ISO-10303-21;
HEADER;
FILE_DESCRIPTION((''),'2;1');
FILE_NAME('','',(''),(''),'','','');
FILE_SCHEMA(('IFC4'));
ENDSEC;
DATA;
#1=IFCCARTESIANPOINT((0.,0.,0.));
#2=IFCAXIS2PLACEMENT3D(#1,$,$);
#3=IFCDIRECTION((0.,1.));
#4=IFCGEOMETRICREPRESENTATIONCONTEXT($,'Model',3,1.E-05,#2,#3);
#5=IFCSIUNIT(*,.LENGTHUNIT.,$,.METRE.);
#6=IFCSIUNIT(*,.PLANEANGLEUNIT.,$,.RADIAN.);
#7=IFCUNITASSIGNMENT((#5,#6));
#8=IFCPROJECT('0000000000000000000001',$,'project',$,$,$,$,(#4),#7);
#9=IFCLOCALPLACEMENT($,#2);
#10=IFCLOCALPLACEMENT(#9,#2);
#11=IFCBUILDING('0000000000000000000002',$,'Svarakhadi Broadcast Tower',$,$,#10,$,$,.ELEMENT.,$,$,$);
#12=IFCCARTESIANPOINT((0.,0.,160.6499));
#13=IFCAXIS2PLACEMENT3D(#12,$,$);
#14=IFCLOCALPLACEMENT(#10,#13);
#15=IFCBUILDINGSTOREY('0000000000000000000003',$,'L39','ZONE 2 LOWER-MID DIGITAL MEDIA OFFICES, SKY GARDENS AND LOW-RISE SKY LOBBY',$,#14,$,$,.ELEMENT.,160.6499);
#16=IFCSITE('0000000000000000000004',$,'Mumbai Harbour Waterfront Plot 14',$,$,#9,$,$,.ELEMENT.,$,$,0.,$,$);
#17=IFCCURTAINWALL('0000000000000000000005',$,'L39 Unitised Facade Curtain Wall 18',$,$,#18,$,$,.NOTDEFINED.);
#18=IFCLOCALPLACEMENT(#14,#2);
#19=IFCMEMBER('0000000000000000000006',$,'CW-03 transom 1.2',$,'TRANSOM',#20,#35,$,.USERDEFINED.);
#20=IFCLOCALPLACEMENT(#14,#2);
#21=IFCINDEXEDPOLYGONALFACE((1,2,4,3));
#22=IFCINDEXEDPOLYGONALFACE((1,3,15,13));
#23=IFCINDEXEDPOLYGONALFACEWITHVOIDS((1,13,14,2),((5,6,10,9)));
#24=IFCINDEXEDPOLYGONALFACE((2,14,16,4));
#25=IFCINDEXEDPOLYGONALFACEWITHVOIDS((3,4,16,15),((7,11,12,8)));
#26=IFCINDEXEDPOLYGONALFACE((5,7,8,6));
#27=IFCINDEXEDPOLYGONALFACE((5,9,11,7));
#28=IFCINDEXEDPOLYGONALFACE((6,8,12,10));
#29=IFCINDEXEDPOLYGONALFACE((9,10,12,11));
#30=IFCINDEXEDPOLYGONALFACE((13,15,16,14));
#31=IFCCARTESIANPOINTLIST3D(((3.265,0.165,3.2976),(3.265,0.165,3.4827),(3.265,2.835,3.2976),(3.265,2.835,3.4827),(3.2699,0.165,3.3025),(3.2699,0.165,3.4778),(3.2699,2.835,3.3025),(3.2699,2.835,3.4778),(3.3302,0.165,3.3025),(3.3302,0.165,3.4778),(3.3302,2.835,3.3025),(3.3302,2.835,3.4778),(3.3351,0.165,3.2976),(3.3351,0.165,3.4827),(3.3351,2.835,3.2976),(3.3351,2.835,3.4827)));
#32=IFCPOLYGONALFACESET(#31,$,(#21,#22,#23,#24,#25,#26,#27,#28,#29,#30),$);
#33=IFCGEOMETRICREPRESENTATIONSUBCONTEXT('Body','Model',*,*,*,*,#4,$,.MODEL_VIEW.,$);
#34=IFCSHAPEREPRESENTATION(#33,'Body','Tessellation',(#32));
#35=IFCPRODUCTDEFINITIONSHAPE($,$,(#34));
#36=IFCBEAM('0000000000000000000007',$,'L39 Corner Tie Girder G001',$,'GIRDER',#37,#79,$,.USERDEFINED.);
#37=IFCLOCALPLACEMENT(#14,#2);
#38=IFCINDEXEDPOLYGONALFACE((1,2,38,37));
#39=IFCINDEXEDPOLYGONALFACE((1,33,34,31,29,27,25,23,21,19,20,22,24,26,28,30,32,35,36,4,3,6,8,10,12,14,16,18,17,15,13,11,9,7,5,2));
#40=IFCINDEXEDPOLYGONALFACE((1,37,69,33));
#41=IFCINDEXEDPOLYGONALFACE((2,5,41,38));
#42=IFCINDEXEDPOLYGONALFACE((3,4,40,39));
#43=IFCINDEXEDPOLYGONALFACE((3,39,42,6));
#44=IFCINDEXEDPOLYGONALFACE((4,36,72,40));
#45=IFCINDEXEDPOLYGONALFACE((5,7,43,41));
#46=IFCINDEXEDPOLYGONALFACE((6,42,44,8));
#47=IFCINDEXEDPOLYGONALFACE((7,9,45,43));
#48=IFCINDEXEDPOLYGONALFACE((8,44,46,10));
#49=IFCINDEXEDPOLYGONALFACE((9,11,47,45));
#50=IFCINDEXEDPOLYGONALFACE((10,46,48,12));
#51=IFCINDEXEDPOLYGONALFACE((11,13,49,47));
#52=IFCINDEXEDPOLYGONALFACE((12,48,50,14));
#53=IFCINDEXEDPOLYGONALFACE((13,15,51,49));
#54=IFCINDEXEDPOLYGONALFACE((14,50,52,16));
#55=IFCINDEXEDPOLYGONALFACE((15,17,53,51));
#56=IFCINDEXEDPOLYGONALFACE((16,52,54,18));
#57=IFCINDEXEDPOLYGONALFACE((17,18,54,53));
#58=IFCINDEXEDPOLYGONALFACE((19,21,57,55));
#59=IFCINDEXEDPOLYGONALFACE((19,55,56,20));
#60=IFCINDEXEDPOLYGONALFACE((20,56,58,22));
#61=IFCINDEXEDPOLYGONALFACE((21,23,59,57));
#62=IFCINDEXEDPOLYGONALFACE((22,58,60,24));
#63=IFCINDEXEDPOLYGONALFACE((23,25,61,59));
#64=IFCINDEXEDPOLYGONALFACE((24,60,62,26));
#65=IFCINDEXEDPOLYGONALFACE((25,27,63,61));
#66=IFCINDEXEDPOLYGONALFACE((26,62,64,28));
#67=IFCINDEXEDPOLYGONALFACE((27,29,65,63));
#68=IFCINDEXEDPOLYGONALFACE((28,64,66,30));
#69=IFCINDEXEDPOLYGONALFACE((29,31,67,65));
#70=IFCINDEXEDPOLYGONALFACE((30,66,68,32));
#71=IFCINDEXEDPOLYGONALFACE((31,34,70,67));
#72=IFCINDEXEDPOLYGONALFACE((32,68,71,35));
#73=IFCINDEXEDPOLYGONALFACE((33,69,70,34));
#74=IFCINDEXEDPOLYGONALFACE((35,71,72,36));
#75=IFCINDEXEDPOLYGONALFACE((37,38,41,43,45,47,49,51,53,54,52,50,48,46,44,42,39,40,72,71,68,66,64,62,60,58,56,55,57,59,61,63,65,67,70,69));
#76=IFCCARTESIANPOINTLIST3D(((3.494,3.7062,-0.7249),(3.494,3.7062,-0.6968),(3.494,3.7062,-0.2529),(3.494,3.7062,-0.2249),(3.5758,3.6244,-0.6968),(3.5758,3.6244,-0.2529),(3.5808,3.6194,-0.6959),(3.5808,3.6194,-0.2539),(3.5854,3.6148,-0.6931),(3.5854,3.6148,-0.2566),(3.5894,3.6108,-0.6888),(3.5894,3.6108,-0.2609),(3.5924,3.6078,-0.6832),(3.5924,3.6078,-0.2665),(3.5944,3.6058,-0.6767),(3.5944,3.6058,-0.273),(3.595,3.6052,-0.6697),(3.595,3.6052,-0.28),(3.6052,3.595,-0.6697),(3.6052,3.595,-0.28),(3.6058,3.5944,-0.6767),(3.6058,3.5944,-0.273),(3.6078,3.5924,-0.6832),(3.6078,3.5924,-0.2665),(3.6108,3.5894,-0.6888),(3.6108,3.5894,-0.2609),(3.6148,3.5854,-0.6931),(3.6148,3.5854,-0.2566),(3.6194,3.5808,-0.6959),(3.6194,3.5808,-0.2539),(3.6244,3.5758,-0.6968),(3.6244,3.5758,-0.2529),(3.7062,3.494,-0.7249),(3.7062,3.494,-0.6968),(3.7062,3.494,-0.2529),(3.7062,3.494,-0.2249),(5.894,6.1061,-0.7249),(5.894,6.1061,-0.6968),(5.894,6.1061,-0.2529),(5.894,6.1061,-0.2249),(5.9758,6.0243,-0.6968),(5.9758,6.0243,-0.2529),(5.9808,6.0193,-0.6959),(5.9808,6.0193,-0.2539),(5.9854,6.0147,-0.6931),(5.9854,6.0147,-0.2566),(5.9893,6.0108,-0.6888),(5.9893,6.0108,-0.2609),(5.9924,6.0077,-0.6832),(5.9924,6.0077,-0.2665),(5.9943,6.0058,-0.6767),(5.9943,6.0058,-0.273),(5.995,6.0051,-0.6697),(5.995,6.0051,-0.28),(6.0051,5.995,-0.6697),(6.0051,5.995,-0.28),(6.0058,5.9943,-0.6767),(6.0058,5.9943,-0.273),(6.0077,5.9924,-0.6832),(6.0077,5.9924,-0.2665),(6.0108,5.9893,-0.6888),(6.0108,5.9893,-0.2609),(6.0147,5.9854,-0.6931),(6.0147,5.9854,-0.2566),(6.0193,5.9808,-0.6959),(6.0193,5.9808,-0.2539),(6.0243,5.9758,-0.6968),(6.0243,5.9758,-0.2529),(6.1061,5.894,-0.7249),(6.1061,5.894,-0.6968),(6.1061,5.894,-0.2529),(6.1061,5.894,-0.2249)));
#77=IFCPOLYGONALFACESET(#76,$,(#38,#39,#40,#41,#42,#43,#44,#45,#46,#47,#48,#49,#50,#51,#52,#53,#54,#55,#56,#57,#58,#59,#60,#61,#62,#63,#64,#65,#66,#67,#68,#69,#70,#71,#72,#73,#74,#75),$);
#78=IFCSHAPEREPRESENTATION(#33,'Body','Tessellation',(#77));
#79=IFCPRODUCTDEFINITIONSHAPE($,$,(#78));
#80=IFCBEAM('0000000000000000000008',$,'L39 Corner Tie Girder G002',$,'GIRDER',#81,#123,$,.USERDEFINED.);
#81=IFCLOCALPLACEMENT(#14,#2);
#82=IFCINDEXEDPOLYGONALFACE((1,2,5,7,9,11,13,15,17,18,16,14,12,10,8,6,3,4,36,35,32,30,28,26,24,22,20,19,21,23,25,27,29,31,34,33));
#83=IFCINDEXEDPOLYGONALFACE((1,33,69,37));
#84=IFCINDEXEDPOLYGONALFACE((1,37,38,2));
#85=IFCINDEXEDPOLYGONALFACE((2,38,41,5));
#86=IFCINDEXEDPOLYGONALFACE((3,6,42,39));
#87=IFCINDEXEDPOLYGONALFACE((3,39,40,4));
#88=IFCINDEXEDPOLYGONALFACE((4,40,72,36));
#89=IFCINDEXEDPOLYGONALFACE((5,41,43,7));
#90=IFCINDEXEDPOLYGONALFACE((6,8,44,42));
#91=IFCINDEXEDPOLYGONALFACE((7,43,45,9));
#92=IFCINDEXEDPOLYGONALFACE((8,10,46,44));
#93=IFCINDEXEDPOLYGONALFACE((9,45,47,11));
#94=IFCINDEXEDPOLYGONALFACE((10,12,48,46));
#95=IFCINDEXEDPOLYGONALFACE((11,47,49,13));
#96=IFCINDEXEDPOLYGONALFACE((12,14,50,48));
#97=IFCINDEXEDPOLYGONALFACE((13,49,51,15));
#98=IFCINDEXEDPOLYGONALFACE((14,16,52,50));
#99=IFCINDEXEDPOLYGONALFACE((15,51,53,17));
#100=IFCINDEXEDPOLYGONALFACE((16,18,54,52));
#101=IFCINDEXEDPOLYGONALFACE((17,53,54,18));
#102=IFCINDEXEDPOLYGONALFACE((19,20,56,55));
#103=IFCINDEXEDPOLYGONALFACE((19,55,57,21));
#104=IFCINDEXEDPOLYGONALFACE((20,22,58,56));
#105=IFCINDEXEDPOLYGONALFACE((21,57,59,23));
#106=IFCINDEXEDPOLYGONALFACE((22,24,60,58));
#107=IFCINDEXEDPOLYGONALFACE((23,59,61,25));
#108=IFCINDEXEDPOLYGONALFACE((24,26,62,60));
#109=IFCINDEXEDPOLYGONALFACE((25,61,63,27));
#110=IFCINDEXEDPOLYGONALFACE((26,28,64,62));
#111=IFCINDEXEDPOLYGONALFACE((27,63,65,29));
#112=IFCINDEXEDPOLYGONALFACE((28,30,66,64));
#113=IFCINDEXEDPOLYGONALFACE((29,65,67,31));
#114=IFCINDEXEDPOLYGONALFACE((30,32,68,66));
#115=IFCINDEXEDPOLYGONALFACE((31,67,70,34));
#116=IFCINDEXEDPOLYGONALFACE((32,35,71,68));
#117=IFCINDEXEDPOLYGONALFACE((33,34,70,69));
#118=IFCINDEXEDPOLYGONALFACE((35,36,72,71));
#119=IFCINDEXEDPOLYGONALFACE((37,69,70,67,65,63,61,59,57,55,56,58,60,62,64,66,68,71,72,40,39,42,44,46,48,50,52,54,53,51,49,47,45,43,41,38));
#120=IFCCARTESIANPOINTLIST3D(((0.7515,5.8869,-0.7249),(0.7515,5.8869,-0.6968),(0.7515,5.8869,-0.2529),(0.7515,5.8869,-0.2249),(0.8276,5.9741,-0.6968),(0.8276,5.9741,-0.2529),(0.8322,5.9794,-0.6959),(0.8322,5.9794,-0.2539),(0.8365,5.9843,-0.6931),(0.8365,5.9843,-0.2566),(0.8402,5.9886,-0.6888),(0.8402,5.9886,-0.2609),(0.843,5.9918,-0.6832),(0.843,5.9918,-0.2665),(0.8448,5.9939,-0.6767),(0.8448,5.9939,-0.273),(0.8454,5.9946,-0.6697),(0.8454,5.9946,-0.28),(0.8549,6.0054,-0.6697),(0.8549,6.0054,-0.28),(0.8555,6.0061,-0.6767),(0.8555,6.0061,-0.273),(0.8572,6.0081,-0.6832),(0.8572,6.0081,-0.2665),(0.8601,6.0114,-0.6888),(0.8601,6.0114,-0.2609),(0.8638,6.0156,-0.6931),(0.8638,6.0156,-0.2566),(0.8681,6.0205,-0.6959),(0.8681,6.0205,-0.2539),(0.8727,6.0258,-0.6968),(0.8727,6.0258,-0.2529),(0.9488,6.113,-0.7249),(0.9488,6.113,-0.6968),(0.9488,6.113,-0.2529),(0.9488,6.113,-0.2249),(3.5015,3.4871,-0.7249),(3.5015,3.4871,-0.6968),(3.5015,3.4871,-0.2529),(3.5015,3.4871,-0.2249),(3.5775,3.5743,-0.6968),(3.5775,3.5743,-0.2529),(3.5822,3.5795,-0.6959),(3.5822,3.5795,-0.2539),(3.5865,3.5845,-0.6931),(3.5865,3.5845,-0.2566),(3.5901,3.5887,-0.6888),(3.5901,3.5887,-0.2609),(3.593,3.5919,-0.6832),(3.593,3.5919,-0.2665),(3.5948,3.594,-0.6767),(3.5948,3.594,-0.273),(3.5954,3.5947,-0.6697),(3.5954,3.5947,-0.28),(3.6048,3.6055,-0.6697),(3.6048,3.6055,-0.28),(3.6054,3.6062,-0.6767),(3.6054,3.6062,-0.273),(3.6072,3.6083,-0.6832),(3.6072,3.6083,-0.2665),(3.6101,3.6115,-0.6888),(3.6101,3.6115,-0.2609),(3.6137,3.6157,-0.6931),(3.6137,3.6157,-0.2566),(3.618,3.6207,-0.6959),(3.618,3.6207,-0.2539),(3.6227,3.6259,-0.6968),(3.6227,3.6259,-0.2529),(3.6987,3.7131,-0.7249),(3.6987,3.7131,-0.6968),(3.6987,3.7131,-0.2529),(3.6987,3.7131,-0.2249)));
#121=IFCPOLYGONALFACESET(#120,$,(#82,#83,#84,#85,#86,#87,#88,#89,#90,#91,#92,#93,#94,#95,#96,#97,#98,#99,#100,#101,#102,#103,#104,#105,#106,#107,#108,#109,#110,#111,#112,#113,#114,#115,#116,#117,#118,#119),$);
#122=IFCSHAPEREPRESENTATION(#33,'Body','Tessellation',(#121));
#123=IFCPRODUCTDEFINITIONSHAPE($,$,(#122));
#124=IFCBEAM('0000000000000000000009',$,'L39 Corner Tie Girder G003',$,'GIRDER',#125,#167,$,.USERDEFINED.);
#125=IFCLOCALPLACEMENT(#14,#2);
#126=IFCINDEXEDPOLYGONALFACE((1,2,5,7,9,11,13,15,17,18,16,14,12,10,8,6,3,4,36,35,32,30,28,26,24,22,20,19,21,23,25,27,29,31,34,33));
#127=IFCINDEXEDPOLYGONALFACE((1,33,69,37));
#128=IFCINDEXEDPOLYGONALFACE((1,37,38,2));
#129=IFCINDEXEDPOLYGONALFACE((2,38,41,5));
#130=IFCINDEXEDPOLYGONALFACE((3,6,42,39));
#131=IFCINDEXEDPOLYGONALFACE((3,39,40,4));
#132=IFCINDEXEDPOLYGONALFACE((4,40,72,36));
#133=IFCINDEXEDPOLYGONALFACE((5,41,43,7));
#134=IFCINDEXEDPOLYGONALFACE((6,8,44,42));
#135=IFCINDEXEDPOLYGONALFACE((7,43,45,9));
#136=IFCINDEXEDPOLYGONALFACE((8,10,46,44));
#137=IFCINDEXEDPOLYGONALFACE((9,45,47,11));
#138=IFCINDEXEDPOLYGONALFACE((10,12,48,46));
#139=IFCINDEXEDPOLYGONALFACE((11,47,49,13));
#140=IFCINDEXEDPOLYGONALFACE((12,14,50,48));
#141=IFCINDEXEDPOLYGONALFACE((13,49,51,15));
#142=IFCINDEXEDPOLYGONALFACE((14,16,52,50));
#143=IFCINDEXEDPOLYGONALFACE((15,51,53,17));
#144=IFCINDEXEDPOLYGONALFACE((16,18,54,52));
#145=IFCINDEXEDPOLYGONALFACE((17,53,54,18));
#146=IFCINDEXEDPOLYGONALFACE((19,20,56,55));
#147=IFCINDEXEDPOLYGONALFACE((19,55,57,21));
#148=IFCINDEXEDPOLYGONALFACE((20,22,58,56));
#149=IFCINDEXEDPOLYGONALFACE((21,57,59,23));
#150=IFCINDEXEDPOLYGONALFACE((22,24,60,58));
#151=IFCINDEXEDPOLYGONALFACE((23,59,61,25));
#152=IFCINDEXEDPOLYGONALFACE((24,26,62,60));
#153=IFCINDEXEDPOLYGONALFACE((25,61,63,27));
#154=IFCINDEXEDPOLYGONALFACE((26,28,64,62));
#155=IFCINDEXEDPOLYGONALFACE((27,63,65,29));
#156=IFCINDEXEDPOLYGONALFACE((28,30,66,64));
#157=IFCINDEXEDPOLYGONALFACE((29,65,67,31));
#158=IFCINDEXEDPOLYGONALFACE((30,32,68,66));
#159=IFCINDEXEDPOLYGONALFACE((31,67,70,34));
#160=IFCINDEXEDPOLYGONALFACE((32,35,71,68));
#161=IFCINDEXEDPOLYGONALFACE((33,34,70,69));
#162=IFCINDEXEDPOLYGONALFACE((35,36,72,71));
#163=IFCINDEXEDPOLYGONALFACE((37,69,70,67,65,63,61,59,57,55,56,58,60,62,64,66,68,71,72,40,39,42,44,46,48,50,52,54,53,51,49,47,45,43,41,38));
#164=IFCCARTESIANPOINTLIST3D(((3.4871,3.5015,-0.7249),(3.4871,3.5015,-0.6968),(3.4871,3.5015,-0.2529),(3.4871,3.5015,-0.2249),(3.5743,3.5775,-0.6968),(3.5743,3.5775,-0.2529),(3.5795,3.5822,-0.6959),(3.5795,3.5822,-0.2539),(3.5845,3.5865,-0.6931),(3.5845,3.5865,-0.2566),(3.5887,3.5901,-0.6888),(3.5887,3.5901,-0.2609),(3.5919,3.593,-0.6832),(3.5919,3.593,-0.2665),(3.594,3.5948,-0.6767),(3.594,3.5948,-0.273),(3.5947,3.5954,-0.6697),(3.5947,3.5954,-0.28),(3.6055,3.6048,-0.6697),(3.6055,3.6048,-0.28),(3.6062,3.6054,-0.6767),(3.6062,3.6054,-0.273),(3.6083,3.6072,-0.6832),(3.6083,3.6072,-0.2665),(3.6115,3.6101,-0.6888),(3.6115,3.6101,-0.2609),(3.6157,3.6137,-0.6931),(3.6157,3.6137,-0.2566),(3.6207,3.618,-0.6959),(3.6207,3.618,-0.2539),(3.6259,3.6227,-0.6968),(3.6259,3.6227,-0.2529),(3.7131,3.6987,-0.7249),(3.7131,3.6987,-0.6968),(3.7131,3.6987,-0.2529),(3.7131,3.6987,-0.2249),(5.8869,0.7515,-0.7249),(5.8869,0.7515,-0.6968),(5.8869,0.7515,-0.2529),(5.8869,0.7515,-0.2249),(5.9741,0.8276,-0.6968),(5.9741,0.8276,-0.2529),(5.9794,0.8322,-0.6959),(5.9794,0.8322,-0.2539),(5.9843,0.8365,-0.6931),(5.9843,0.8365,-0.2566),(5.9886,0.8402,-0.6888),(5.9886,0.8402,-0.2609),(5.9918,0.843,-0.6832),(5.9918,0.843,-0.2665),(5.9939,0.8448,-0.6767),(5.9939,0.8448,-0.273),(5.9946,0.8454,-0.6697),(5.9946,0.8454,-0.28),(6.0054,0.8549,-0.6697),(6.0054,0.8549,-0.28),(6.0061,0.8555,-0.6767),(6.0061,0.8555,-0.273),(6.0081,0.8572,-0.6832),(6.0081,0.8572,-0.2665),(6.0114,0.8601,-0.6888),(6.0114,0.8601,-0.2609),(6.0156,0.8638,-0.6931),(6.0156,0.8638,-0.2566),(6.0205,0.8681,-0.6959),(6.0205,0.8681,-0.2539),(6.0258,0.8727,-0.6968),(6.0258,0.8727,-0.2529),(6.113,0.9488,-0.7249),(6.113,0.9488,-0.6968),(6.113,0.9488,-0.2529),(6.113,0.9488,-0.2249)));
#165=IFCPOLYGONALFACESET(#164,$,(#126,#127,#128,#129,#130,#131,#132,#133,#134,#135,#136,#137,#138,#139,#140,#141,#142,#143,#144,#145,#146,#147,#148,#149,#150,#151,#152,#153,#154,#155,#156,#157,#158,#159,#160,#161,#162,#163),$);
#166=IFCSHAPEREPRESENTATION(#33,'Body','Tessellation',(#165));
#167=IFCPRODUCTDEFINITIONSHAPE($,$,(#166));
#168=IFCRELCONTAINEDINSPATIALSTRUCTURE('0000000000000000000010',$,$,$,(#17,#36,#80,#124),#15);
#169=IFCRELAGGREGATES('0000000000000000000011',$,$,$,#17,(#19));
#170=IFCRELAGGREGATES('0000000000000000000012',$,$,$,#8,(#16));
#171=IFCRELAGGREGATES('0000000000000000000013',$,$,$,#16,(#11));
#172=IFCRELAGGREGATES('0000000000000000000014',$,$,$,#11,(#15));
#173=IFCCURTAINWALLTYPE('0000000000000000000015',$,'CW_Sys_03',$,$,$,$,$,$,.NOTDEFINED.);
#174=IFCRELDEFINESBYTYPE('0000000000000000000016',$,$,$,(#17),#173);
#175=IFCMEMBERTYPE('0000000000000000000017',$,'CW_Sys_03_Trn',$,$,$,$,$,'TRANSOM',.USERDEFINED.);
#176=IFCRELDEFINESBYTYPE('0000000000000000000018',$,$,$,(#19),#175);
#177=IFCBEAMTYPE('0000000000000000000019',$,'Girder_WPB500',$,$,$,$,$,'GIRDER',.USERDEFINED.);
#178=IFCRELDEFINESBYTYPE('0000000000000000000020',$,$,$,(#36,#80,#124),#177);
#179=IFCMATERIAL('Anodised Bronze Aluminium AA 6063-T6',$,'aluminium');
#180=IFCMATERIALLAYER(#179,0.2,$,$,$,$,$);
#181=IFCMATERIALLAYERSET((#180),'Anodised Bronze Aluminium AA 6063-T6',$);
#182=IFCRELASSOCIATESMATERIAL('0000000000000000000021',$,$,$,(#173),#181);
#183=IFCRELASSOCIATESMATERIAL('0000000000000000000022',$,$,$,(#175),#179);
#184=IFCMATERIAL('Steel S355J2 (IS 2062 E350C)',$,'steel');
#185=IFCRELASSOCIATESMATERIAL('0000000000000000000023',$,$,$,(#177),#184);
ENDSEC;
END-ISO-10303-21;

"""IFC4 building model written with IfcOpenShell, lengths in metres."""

from ifc_helpers import new_model, si_unit, direction, frame, origin, origin_2d, place, context, subcontext, project, spatial, hollow_rectangle, i_section, extrude, material, layer, layer_set, material_profile, profile_set, type_object, element, aggregate, save


model = new_model("IFC4")

# Units and contexts
model_context = context("Model", 3, precision=1e-05, world=origin(), true_north=direction((0.0, 1.0)))
body_context = subcontext(model_context, "Body", "Model", "MODEL_VIEW")
ifc_project = project(units=[si_unit("LENGTHUNIT", "METRE"), si_unit("PLANEANGLEUNIT", "RADIAN")], contexts=[model_context])

# Site, building, storey
site_placement = place(None, origin())
site = spatial("IfcSite", under=ifc_project, at=site_placement, Name="Mumbai Harbour Waterfront Plot 14", CompositionType="ELEMENT", RefElevation=0.0)
building_placement = place(site_placement, origin())
building = spatial("IfcBuilding", under=site, at=building_placement, Name="Svarakhadi Broadcast Tower", CompositionType="ELEMENT")
storey_placement = place(building_placement, frame((0.0, 0.0, 160.6499)))
storey = spatial("IfcBuildingStorey", under=building, at=storey_placement, Name="L39", Description="ZONE 2 LOWER-MID DIGITAL MEDIA OFFICES, SKY GARDENS AND LOW-RISE SKY LOBBY", CompositionType="ELEMENT", Elevation=160.6499)

# Shared definitions
ifc_material_1 = material(Name="Steel S355J2 (IS 2062 E350C)", Category="steel")

# Shared definitions
ifc_material_2 = material(Name="Anodised Bronze Aluminium AA 6063-T6", Category="aluminium")
ifc_layer_1 = layer(ifc_material_2, 0.2)
ifc_layer_set_1 = layer_set([ifc_layer_1], Name="Anodised Bronze Aluminium AA 6063-T6")
curtain_wall_type = type_object("IfcCurtainWallType", Name="CW_Sys_03", PredefinedType="NOTDEFINED", material=ifc_layer_set_1)

# Curtain wall
curtain_wall_1_placement = place(storey_placement, origin())
curtain_wall_1 = element("IfcCurtainWall", 1, at=curtain_wall_1_placement, inside=storey, type_object=curtain_wall_type, Name="L39 Unitised Facade Curtain Wall 18", PredefinedType="NOTDEFINED")

# Member
ifc_material_profile_1 = material_profile(ifc_material_2, hollow_rectangle(XDim=0.0701, YDim=0.1851, WallThickness=0.0049, at=origin_2d()), Name="ALU TRANSOM 185x70x5")
ifc_profile_set_1 = profile_set([ifc_material_profile_1], Name="Anodised Bronze Aluminium AA 6063-T6")
member_type_1 = type_object("IfcMemberType", Name="CW_Sys_03_Trn", ElementType="TRANSOM", PredefinedType="USERDEFINED", material=ifc_profile_set_1)
member_1_placement = place(storey_placement, frame((3.3, 0.165, 3.3901), z_axis=(0.0, 1.0, 0.0), x_axis=(-1.0, 0.0, 0.0)))
member_1 = element("IfcMember", 2, at=member_1_placement, type_object=member_type_1, Name="CW-03 transom 1.2", ObjectType="TRANSOM", PredefinedType="USERDEFINED", context=body_context, shape_type="SweptSolid", body=[
    extrude(hollow_rectangle(XDim=0.0701, YDim=0.1851, WallThickness=0.0049, at=origin_2d()), origin(), (0.0, 0.0, 1.0), 2.6699),
])

# Beams
ifc_material_profile_2 = material_profile(ifc_material_1, i_section(OverallWidth=0.3, OverallDepth=0.5, WebThickness=0.0144, FlangeThickness=0.0281, FilletRadius=0.0271, at=origin_2d()), Name="WPB 500x300x187")
ifc_profile_set_2 = profile_set([ifc_material_profile_2], Name="Steel S355J2 (IS 2062 E350C)")
beam_type_1 = type_object("IfcBeamType", Name="Girder_WPB500", ElementType="GIRDER", PredefinedType="USERDEFINED", material=ifc_profile_set_2)
beam_1_placement = place(storey_placement, frame((3.6001, 3.6001, -0.4749), z_axis=(0.707107, 0.707107, 0.0), x_axis=(-0.707107, 0.707107, 0.0)))
element("IfcBeam", 3, at=beam_1_placement, inside=storey, type_object=beam_type_1, Name="L39 Corner Tie Girder G001", ObjectType="GIRDER", PredefinedType="USERDEFINED", context=body_context, shape_type="SweptSolid", body=[
    extrude(i_section(OverallWidth=0.3, OverallDepth=0.5, WebThickness=0.0144, FlangeThickness=0.0281, FilletRadius=0.0271, at=origin_2d()), origin(), (0.0, 0.0, 1.0), 3.394),
])
for number, where, z_axis, x_axis, name in (
    (4, (3.6001, 3.6001, -0.4749), (-0.753438, 0.657519, 0.0), (-0.657519, -0.753438, 0.0), "L39 Corner Tie Girder G002"),
    (5, (3.6001, 3.6001, -0.4749), (0.657519, -0.753438, 0.0), (0.753438, 0.657519, 0.0), "L39 Corner Tie Girder G003"),
):
    element("IfcBeam", number, at=place(storey_placement, frame(where, z_axis=z_axis, x_axis=x_axis)), inside=storey, type_object=beam_type_1, Name=name, ObjectType="GIRDER", PredefinedType="USERDEFINED", context=body_context, shape_type="SweptSolid", body=[
        extrude(i_section(OverallWidth=0.3, OverallDepth=0.5, WebThickness=0.0144, FlangeThickness=0.0281, FilletRadius=0.0271, at=origin_2d()), origin(), (0.0, 0.0, 1.0), 3.6499),
    ])

aggregate(curtain_wall_1, [member_1])

save(model, "model.ifc")
